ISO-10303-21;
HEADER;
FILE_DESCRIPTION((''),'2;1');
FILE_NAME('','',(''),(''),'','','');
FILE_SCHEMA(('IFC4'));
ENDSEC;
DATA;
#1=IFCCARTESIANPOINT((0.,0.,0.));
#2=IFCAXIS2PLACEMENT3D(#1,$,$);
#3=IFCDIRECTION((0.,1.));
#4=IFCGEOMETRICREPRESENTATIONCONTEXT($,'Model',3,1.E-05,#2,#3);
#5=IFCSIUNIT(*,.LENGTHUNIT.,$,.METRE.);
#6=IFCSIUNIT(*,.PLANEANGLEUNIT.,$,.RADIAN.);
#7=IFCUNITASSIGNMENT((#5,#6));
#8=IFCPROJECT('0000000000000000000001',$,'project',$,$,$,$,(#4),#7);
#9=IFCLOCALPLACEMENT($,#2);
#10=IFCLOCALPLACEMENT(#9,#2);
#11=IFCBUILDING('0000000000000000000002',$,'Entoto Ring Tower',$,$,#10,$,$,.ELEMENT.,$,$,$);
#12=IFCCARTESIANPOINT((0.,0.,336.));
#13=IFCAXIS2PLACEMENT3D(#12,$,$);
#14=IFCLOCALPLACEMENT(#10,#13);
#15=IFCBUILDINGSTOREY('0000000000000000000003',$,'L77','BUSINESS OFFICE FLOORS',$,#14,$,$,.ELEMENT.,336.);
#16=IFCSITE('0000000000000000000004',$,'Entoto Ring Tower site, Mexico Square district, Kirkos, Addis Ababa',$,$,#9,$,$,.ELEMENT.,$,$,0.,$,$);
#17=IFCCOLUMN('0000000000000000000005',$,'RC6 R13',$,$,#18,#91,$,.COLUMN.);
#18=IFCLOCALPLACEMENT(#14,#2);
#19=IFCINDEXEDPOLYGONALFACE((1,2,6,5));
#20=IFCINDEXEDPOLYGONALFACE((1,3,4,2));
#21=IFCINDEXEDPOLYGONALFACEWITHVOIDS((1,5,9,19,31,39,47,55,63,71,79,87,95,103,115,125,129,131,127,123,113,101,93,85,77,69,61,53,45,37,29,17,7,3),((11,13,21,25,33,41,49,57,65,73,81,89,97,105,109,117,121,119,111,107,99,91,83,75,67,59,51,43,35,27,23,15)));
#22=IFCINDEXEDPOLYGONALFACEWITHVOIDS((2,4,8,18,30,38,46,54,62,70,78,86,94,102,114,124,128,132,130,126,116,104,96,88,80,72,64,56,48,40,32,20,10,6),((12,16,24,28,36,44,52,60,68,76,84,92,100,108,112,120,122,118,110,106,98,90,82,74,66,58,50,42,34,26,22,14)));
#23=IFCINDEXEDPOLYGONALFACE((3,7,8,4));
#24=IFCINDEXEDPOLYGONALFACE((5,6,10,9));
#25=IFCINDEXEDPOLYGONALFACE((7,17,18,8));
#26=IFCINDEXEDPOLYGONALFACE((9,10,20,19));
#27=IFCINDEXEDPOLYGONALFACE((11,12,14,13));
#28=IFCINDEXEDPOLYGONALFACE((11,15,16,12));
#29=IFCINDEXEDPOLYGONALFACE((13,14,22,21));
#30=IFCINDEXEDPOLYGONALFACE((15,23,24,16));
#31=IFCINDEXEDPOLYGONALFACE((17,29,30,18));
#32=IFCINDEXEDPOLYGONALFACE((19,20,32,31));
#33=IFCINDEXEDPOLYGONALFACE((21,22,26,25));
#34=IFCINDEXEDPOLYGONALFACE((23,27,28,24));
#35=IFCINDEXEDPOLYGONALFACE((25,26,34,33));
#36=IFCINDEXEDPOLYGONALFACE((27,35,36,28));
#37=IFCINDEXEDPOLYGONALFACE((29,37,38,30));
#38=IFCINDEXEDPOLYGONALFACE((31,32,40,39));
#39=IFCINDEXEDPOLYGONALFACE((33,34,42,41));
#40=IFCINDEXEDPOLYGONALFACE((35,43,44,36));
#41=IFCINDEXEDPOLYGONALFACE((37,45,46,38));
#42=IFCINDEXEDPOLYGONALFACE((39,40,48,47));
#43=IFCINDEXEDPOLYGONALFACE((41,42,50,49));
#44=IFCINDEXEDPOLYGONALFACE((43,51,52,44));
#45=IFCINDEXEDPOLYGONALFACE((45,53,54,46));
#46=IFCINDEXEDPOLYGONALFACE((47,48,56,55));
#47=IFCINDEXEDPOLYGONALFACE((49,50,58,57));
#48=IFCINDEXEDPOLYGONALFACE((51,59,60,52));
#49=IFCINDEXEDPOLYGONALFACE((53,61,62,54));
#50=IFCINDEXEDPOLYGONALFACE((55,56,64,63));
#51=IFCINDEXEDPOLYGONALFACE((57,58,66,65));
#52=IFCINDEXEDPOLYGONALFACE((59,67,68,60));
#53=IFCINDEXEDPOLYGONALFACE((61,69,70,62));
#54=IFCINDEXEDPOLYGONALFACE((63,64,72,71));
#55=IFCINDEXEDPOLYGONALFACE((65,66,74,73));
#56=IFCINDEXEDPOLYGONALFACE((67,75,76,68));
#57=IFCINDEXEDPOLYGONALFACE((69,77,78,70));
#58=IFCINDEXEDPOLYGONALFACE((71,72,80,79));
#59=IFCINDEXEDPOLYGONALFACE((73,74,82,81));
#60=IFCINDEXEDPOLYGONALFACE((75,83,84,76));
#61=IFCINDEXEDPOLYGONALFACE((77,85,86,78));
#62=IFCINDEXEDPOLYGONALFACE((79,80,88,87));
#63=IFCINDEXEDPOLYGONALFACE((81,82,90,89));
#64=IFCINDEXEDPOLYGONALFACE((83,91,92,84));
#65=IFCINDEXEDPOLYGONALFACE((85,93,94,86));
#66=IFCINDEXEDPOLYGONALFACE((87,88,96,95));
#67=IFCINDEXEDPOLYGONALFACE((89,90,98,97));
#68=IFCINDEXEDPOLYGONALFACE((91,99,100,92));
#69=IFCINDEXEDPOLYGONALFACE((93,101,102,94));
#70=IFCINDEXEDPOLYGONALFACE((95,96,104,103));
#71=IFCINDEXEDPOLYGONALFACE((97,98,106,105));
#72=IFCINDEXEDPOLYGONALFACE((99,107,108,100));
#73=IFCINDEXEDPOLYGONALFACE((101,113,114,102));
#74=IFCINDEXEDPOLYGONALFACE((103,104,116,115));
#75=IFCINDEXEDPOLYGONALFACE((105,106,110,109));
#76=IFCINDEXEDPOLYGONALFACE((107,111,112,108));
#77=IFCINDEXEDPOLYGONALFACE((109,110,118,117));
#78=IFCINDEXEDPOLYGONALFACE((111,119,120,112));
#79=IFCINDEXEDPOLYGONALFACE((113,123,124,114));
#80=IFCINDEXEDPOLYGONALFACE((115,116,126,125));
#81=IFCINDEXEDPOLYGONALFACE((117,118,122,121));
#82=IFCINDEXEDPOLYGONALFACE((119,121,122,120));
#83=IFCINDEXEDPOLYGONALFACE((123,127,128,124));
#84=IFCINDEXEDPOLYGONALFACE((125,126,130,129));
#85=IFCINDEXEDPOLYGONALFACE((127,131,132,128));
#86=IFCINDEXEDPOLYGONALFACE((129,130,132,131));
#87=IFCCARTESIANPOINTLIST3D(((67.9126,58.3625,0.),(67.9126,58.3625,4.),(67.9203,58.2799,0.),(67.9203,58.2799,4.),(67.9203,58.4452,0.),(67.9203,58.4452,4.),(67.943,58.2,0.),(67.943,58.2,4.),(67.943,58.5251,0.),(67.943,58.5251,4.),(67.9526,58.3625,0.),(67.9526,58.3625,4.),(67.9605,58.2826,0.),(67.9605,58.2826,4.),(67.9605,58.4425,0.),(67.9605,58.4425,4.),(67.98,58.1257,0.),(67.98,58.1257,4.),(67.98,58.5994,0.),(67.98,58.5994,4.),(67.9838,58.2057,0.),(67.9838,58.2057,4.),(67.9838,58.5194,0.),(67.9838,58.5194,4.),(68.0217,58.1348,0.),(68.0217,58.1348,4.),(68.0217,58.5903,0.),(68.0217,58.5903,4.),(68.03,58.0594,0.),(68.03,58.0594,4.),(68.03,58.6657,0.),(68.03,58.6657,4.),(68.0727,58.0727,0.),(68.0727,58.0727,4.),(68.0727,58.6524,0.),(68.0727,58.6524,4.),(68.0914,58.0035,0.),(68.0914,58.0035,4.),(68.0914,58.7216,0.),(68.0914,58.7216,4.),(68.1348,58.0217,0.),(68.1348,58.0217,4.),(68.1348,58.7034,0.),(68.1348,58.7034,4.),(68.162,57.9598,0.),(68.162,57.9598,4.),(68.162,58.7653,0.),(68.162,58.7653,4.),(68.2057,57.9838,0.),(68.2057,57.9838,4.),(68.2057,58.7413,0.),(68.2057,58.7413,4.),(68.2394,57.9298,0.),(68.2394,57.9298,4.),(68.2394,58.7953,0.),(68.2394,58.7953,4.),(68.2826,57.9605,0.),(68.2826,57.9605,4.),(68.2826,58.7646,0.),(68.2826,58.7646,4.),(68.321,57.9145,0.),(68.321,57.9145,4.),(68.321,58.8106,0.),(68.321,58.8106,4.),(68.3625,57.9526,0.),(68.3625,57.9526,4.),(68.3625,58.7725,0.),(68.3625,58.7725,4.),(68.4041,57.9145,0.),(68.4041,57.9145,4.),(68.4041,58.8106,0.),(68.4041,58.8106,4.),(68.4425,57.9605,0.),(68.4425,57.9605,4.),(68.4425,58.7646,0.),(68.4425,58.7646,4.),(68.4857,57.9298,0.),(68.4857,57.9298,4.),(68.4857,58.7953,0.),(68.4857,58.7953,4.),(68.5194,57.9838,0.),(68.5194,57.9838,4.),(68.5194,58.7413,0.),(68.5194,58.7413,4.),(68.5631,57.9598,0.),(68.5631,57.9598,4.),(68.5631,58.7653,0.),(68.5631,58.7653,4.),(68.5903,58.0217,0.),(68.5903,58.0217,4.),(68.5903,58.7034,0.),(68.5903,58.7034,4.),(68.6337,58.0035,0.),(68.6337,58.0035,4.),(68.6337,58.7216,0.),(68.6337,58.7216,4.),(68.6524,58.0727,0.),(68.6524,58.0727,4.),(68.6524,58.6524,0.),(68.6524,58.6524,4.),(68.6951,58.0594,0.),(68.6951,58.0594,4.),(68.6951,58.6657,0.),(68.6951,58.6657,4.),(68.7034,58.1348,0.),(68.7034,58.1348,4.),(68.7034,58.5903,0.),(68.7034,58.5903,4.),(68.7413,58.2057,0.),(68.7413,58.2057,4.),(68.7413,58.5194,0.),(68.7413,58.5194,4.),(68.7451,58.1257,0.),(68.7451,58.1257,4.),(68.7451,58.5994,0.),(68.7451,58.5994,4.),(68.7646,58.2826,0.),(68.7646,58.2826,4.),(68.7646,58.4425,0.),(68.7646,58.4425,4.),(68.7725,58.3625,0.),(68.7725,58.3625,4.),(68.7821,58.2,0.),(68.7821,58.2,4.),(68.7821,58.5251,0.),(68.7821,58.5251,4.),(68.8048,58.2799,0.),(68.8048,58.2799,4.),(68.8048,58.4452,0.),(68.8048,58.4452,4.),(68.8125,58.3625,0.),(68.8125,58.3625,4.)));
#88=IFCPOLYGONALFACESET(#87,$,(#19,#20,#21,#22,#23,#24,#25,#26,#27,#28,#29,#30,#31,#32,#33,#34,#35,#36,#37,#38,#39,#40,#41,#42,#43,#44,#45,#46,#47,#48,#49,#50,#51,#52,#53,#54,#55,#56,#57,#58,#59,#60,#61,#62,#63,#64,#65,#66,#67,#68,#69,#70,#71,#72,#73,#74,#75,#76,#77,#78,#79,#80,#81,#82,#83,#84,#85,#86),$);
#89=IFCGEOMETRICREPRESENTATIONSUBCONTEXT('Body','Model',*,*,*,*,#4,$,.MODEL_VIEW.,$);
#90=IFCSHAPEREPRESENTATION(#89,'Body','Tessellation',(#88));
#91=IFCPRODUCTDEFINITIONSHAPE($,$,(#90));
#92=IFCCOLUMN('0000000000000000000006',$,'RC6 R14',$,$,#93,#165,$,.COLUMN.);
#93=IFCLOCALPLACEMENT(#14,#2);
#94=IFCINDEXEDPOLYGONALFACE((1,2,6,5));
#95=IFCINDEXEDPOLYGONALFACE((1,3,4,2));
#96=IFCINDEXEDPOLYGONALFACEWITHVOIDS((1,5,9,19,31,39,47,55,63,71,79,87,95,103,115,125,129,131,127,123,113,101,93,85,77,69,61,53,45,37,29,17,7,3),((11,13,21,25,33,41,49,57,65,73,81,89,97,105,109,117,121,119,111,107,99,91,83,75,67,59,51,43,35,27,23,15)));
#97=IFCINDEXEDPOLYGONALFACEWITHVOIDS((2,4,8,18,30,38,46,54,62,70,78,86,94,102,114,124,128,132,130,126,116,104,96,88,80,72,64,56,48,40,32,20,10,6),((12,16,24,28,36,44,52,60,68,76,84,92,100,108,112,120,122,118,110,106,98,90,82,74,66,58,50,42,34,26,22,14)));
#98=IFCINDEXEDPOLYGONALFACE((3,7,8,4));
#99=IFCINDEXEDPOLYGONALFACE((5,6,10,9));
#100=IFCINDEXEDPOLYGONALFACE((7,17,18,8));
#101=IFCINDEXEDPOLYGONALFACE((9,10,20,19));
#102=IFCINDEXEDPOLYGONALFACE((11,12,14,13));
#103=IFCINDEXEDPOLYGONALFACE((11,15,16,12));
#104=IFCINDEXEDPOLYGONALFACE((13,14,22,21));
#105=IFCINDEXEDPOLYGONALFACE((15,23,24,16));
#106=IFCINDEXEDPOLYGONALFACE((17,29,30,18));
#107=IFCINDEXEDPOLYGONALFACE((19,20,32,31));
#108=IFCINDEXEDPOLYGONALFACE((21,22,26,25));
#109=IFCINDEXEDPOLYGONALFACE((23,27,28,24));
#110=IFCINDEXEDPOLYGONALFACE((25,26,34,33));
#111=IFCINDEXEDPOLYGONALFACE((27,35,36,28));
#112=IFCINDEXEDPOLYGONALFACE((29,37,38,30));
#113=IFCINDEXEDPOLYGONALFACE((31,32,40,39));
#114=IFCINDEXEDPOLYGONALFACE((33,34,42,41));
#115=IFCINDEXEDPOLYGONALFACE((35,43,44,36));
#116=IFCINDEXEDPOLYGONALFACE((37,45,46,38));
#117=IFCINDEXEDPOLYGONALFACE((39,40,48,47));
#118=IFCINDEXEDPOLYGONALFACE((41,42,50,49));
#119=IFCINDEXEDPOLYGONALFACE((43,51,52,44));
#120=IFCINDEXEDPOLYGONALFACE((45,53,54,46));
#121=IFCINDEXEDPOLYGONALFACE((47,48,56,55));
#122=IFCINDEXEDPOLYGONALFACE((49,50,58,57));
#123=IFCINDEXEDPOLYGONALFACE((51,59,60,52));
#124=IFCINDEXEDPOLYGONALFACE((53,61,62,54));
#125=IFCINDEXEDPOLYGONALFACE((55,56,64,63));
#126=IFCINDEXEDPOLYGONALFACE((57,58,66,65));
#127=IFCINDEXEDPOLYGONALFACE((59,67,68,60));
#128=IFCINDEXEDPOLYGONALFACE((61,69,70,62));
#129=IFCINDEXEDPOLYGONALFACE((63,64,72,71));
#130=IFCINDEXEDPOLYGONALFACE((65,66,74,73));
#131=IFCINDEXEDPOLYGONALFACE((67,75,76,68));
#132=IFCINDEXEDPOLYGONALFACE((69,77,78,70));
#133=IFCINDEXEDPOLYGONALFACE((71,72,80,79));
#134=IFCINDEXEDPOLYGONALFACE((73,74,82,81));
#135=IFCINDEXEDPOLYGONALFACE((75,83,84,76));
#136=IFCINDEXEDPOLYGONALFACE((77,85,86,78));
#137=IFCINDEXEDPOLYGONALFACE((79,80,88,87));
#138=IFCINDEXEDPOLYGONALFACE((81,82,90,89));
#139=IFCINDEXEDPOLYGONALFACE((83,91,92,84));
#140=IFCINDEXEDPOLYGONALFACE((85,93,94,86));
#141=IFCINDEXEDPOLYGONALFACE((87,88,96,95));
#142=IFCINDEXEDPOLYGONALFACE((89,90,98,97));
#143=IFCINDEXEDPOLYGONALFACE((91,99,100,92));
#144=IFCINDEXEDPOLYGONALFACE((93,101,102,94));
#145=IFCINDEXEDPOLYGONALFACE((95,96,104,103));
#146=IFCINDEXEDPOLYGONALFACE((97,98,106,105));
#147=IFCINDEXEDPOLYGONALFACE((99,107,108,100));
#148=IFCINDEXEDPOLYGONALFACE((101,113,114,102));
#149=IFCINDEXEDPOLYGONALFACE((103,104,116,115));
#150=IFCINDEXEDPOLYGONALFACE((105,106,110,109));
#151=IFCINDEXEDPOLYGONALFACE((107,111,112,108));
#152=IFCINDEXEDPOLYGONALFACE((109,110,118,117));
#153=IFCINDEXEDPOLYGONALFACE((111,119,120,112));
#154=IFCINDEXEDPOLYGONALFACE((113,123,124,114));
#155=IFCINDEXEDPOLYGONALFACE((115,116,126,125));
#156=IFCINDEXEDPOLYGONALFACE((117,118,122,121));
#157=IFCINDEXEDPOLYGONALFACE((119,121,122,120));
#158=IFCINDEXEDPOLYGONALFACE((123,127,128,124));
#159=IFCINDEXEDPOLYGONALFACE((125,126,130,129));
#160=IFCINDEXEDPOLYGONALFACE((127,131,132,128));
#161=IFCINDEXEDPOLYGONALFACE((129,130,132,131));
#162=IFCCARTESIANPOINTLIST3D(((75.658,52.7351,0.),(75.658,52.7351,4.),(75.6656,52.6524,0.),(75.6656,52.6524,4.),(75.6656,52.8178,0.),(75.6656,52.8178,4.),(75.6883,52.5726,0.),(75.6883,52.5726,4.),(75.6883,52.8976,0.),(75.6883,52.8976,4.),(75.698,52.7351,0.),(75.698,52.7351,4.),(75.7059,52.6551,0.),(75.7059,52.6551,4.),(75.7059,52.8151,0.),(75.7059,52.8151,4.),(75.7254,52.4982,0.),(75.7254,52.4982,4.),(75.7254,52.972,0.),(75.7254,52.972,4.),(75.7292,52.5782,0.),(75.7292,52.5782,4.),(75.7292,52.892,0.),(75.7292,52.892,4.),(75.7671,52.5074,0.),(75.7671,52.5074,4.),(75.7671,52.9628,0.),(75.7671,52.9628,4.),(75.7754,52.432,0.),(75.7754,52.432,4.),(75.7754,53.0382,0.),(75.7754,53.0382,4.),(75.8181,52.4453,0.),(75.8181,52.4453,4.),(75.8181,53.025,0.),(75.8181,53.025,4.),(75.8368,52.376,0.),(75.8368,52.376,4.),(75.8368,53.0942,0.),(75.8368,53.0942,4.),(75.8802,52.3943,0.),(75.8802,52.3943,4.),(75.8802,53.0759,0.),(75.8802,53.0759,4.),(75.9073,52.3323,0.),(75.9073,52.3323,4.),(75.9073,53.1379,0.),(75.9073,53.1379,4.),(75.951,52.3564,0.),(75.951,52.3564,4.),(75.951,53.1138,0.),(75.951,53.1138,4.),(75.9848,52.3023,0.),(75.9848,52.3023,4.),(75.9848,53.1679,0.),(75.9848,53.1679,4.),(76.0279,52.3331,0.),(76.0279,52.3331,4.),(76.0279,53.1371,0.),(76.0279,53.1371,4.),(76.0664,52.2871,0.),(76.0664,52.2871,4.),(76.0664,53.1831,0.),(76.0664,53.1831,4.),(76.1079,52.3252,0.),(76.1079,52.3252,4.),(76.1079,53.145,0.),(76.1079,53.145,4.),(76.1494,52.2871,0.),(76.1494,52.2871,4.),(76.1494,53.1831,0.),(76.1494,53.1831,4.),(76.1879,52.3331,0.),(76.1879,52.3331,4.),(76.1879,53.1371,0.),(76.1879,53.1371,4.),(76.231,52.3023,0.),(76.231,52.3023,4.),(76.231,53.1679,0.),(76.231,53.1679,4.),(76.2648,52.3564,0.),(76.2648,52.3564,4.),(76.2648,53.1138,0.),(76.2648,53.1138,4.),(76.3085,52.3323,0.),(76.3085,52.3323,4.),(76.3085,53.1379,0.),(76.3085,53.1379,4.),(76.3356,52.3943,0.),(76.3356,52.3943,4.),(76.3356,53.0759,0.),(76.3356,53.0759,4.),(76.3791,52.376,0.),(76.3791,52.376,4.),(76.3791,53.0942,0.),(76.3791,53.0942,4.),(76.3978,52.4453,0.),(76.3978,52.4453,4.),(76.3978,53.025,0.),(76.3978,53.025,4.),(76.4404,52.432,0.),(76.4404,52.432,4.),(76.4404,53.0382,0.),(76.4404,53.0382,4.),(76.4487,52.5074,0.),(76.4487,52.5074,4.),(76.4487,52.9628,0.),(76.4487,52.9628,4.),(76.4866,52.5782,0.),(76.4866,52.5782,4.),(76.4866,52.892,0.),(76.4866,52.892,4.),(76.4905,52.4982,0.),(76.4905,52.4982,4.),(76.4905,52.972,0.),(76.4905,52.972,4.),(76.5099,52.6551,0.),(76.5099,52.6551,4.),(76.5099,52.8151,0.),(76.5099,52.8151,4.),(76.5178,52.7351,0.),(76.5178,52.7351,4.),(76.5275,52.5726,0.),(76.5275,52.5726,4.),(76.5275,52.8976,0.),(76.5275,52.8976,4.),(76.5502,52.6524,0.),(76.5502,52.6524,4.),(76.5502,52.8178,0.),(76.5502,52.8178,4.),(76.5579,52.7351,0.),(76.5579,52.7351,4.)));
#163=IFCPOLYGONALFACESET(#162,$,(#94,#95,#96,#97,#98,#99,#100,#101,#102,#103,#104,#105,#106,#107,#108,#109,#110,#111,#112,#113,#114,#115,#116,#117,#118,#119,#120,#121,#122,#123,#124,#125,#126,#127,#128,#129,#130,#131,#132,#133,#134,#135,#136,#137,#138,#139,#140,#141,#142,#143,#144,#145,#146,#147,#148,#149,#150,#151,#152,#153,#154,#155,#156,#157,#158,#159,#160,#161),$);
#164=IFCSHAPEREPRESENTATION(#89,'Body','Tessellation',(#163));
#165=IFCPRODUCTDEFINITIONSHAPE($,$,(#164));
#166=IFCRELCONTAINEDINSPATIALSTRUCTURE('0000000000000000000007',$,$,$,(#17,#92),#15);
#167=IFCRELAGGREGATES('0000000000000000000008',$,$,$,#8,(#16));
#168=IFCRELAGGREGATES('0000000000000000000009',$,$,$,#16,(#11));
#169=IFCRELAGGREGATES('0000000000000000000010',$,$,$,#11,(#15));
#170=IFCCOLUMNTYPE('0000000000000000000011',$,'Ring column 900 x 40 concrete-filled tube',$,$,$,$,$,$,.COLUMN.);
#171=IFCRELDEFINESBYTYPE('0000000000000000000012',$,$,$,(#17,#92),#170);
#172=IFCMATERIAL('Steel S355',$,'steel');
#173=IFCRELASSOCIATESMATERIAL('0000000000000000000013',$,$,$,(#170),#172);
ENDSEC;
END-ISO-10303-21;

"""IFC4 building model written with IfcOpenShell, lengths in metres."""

from ifc_helpers import new_model, si_unit, direction, frame, origin, origin_2d, place, context, subcontext, project, spatial, circle, hollow_circle, extrude, material, material_profile, profile_set, type_object, element, save


model = new_model("IFC4")

# Units and contexts
model_context = context("Model", 3, precision=1e-05, world=origin(), true_north=direction((0.0, 1.0)))
body_context = subcontext(model_context, "Body", "Model", "MODEL_VIEW")
ifc_project = project(units=[si_unit("LENGTHUNIT", "METRE"), si_unit("PLANEANGLEUNIT", "RADIAN")], contexts=[model_context])

# Site, building, storey
site_placement = place(None, origin())
site = spatial("IfcSite", under=ifc_project, at=site_placement, Name="Entoto Ring Tower site, Mexico Square district, Kirkos, Addis Ababa", CompositionType="ELEMENT", RefElevation=0.0)
building_placement = place(site_placement, origin())
building = spatial("IfcBuilding", under=site, at=building_placement, Name="Entoto Ring Tower", CompositionType="ELEMENT")
storey_placement = place(building_placement, frame((0.0, 0.0, 336.0)))
storey = spatial("IfcBuildingStorey", under=building, at=storey_placement, Name="L77", Description="BUSINESS OFFICE FLOORS", CompositionType="ELEMENT", Elevation=336.0)

# Columns
ifc_material_1 = material(Name="Steel S355", Category="steel")
ifc_material_profile_1 = material_profile(ifc_material_1, hollow_circle(Radius=0.45, WallThickness=0.04, at=origin_2d()), Name="CHS 900 x 40")
ifc_material_2 = material(Name="Concrete C60/75", Category="concrete")
ifc_material_profile_2 = material_profile(ifc_material_2, circle(Radius=0.4099, at=origin_2d()), Name="Concrete C60/75 infill")
ifc_profile_set_1 = profile_set([ifc_material_profile_1, ifc_material_profile_2], Name="Steel S355")
column_type = type_object("IfcColumnType", Name="Ring column 900 x 40 concrete-filled tube", PredefinedType="COLUMN", material=ifc_profile_set_1)
for number, where, z_axis, x_axis, name in (
    (1, (68.3625, 58.3625, 0.0), (0.0, 0.0, 1.0), (1.0, 0.0, 0.0), "RC6 R13"),
    (2, (76.1079, 52.7351, 0.0), (0.0, 0.0, 1.0), (1.0, 0.0, 0.0), "RC6 R14"),
):
    element("IfcColumn", number, at=place(storey_placement, frame(where, z_axis=z_axis, x_axis=x_axis)), inside=storey, type_object=column_type, Name=name, PredefinedType="COLUMN", context=body_context, shape_type="SweptSolid", body=[
        extrude(hollow_circle(Radius=0.45, WallThickness=0.04, at=origin_2d()), origin(), (0.0, 0.0, 1.0), 4.0),
    ])

save(model, "model.ifc")
